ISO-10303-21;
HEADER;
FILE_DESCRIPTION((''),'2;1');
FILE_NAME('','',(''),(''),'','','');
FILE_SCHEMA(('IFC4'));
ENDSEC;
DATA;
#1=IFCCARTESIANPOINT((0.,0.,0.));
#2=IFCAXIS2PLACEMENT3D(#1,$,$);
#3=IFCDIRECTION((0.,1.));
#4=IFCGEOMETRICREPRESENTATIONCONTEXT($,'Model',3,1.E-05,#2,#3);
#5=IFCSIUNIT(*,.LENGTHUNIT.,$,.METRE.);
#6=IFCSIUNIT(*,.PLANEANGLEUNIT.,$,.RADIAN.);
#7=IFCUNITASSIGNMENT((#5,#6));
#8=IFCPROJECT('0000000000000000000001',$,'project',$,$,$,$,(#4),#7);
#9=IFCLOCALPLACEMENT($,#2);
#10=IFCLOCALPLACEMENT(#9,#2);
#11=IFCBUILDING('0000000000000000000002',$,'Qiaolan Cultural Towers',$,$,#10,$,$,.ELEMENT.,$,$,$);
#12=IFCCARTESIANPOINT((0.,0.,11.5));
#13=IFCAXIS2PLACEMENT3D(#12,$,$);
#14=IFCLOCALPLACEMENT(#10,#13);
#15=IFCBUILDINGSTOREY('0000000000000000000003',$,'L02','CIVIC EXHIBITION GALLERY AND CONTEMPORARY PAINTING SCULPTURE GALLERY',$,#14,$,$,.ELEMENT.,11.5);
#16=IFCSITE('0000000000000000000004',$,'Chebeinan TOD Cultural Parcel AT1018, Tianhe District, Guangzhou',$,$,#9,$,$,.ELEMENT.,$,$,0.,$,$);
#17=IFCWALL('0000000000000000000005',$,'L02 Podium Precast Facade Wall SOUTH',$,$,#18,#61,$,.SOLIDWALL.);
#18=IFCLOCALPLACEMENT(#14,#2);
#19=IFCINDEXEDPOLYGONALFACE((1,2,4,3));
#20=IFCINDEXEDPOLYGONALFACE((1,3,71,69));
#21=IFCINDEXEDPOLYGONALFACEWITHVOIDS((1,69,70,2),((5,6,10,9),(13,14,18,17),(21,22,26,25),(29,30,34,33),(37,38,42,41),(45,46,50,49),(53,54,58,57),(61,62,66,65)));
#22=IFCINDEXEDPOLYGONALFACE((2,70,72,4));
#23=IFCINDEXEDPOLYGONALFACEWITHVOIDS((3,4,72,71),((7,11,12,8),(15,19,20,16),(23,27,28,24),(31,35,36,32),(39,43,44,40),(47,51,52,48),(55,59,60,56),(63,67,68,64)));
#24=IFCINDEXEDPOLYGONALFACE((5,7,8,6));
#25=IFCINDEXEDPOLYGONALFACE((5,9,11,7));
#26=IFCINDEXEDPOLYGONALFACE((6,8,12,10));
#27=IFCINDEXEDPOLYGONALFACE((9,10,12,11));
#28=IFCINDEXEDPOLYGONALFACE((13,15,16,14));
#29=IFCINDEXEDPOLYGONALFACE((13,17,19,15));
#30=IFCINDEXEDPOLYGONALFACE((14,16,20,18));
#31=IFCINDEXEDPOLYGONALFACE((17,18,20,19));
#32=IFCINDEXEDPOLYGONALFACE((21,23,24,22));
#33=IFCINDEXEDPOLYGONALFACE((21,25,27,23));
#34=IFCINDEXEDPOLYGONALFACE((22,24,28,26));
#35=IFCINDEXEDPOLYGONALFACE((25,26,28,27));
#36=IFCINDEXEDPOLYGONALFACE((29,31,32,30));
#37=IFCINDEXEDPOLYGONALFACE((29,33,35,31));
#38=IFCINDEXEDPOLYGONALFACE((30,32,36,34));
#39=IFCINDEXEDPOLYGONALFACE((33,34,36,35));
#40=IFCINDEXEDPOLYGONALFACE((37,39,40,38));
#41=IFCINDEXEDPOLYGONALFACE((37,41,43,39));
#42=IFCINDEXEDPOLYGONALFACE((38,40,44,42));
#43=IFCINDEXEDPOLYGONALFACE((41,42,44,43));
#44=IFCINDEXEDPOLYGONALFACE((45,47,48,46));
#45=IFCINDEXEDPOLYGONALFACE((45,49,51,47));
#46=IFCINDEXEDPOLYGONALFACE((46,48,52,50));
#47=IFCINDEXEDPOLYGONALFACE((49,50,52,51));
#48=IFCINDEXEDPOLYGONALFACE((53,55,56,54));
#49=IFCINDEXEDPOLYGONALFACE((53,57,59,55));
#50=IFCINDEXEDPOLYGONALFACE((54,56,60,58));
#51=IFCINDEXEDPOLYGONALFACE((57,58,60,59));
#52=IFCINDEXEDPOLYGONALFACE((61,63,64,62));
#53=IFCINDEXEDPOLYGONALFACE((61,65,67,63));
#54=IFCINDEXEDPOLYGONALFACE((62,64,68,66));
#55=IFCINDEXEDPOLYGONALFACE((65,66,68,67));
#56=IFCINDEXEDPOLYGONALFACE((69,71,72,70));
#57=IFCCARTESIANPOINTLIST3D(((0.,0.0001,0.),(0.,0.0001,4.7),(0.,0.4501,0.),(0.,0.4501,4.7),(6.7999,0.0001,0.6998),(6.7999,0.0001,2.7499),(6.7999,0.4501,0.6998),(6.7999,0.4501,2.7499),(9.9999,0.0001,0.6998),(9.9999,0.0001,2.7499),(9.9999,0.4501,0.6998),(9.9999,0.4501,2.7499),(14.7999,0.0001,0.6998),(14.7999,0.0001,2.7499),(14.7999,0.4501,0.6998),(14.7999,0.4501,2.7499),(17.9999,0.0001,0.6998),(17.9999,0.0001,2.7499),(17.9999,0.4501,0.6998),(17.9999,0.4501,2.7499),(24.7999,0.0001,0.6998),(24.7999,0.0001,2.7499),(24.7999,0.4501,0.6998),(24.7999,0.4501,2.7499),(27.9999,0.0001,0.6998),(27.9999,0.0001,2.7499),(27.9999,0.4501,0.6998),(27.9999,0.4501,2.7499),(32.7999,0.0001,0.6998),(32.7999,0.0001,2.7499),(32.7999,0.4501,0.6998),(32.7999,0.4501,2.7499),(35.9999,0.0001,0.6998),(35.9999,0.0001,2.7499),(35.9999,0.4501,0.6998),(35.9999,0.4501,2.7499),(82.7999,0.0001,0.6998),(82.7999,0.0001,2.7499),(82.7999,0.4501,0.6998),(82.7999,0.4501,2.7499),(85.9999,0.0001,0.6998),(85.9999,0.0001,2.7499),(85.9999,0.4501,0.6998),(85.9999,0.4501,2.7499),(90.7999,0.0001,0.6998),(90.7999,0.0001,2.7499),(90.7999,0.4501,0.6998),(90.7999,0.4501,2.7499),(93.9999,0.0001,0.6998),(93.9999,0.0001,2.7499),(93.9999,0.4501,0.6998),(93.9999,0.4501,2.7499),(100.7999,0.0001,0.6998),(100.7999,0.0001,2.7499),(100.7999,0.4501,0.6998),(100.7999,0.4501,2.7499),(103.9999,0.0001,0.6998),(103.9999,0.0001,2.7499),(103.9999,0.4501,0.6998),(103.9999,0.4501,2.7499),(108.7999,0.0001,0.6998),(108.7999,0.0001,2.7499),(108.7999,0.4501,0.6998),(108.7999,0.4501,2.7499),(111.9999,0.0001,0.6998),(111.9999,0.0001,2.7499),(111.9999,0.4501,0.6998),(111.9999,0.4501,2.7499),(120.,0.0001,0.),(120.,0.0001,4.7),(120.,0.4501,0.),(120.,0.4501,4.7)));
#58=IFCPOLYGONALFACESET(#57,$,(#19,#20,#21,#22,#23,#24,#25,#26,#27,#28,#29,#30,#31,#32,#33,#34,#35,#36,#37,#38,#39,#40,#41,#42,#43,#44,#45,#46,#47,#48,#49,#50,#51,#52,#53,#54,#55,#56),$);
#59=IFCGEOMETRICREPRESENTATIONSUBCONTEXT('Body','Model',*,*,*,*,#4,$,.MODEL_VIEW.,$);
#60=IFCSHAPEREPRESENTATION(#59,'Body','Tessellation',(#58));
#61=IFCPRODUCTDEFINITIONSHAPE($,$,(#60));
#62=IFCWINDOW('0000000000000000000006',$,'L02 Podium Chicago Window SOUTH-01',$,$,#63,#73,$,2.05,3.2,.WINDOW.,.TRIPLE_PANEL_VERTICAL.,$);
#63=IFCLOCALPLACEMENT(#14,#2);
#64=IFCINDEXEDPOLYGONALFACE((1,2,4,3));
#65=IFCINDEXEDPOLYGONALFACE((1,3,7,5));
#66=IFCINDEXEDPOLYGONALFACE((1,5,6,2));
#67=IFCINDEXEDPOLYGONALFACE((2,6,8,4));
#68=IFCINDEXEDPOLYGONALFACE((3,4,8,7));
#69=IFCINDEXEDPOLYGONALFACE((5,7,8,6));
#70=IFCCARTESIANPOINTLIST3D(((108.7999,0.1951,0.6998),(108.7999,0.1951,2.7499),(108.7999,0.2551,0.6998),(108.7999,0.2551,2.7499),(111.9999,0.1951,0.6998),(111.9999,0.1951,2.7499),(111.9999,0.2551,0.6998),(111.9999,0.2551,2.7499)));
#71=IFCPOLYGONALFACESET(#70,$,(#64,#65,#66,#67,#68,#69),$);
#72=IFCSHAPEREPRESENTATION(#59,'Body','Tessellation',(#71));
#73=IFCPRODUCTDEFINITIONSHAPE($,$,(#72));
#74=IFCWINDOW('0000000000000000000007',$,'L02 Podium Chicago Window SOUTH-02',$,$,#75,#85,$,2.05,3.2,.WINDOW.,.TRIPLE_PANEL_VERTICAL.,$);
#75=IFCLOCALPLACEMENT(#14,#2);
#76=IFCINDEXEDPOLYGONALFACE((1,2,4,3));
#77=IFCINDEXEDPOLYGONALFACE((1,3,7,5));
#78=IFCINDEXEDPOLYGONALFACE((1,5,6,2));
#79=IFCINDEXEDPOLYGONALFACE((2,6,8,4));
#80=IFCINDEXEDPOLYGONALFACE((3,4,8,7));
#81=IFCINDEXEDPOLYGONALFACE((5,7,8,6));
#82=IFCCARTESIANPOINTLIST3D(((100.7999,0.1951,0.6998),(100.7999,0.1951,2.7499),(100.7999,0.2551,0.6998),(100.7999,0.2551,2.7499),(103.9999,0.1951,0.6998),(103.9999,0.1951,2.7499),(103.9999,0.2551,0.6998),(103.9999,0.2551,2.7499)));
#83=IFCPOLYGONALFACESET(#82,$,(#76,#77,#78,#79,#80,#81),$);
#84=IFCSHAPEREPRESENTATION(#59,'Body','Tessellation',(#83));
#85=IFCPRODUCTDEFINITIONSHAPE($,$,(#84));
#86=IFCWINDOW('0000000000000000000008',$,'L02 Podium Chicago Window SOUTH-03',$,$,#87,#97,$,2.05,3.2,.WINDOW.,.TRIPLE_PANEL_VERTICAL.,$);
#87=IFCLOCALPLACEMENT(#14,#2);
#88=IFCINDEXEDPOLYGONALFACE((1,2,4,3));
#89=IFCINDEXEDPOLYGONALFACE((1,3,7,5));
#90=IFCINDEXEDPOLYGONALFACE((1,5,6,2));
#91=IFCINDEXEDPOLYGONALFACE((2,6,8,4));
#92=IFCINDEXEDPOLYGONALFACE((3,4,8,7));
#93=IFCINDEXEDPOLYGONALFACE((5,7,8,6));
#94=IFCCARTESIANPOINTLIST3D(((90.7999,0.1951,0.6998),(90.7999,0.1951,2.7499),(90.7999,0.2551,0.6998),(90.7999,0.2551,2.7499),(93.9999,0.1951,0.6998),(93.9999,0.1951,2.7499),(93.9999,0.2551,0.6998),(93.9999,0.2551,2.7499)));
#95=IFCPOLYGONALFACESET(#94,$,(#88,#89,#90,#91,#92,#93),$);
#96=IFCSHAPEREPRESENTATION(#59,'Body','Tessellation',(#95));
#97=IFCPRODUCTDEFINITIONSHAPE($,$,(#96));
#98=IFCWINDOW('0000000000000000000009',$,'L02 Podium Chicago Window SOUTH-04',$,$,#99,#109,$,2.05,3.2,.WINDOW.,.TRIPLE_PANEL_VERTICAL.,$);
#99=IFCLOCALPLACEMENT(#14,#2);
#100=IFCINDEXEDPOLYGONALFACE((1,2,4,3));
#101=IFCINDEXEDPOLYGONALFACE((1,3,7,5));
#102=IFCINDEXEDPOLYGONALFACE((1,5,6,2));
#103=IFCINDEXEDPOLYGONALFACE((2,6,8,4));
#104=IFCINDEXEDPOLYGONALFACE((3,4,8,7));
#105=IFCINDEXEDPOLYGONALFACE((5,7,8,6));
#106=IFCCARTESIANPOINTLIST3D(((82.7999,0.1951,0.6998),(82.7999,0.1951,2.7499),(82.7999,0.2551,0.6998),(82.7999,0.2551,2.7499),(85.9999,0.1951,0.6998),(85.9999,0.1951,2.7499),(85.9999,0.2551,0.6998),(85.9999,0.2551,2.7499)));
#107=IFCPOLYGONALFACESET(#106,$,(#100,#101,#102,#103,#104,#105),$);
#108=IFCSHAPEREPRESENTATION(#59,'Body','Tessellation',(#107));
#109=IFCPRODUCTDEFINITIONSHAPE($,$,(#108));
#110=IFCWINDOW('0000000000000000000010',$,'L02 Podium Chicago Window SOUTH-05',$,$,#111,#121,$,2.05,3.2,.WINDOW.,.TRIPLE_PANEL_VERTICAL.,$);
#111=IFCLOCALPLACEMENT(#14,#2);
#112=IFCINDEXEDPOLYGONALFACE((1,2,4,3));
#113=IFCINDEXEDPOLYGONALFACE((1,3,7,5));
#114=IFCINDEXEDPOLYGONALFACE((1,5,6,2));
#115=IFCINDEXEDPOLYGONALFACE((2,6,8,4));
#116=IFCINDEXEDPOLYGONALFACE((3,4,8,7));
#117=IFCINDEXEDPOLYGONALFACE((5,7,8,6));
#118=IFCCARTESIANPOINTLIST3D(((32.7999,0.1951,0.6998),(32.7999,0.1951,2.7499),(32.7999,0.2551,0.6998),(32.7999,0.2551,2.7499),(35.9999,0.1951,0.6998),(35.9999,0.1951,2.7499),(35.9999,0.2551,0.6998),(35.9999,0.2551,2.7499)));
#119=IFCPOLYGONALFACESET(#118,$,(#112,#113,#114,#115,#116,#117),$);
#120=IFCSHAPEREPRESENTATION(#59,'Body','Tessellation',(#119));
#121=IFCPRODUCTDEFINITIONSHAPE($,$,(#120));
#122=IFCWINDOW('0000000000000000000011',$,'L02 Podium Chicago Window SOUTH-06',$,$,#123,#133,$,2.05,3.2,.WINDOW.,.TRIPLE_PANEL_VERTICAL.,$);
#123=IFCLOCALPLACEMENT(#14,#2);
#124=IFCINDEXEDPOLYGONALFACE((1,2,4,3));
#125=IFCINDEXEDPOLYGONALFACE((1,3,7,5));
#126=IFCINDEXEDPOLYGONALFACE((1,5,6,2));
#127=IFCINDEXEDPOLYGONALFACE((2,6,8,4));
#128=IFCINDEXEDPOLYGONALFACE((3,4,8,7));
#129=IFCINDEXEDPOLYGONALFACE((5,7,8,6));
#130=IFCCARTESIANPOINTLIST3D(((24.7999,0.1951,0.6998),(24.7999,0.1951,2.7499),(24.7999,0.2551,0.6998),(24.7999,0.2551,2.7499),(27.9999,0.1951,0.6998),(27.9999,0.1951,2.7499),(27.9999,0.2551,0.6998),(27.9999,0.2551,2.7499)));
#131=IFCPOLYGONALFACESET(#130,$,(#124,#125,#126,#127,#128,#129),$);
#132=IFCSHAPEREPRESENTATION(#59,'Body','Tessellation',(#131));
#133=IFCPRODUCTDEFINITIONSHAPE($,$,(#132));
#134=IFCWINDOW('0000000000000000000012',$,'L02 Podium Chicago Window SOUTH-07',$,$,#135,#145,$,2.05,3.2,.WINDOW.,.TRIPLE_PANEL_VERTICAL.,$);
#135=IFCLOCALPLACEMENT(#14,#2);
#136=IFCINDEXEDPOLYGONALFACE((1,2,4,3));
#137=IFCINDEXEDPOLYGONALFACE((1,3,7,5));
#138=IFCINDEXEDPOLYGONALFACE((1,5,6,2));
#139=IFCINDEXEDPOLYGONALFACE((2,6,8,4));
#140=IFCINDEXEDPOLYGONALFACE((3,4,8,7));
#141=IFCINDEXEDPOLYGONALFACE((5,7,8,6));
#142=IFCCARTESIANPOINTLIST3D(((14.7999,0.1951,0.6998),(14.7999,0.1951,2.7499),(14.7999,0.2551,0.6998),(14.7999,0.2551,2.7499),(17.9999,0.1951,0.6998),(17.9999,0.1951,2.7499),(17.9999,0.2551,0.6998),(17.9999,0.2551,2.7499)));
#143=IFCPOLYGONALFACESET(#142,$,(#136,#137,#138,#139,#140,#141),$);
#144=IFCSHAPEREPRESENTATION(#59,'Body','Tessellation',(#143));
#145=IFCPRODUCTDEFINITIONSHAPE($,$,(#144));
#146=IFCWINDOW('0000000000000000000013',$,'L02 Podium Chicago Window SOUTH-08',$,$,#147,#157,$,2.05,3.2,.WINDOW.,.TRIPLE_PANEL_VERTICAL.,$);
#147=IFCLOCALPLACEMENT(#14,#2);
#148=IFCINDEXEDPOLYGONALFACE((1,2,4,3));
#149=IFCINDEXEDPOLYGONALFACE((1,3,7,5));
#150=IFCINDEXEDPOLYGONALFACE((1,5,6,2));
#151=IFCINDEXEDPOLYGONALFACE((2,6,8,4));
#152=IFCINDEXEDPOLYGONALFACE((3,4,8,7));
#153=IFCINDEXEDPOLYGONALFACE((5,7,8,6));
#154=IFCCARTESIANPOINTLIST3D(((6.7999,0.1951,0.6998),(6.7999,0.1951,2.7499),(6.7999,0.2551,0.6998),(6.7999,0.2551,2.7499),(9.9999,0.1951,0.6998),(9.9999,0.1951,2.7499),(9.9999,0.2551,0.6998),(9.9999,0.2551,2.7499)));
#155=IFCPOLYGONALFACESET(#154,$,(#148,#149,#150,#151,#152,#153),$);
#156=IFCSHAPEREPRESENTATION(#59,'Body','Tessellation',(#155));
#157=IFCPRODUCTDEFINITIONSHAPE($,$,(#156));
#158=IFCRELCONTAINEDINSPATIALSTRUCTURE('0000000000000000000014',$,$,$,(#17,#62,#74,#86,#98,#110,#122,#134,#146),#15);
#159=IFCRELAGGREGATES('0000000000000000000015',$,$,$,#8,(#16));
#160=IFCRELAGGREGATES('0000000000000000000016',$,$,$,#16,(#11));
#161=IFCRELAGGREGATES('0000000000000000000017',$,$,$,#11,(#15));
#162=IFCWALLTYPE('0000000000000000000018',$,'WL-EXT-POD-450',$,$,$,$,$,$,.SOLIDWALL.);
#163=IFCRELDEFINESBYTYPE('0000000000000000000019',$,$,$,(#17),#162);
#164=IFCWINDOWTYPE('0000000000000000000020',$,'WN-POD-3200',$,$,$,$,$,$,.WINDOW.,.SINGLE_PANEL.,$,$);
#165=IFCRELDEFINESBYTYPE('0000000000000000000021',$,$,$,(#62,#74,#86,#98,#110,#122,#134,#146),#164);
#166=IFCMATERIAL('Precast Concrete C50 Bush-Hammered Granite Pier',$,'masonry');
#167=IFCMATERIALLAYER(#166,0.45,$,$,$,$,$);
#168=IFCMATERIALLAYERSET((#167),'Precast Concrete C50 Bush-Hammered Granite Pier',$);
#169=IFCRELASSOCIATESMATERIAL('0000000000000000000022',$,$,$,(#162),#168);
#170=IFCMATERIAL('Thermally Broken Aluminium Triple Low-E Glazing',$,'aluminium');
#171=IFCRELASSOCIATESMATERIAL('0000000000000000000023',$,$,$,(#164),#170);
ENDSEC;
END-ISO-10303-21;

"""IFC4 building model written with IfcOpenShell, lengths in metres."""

from ifc_helpers import new_model, si_unit, direction, frame, frame_2d, origin, place, context, subcontext, project, spatial, rectangle, extrude, material, layer, layer_set, type_object, element, fill, save


model = new_model("IFC4")

# Units and contexts
model_context = context("Model", 3, precision=1e-05, world=origin(), true_north=direction((0.0, 1.0)))
body_context = subcontext(model_context, "Body", "Model", "MODEL_VIEW")
ifc_project = project(units=[si_unit("LENGTHUNIT", "METRE"), si_unit("PLANEANGLEUNIT", "RADIAN")], contexts=[model_context])

# Site, building, storey
site_placement = place(None, origin())
site = spatial("IfcSite", under=ifc_project, at=site_placement, Name="Chebeinan TOD Cultural Parcel AT1018, Tianhe District, Guangzhou", CompositionType="ELEMENT", RefElevation=0.0)
building_placement = place(site_placement, origin())
building = spatial("IfcBuilding", under=site, at=building_placement, Name="Qiaolan Cultural Towers", CompositionType="ELEMENT")
storey_placement = place(building_placement, frame((0.0, 0.0, 11.5)))
storey = spatial("IfcBuildingStorey", under=building, at=storey_placement, Name="L02", Description="CIVIC EXHIBITION GALLERY AND CONTEMPORARY PAINTING SCULPTURE GALLERY", CompositionType="ELEMENT", Elevation=11.5)

# Wall, openings, windows
ifc_material_1 = material(Name="Precast Concrete C50 Bush-Hammered Granite Pier", Category="masonry")
ifc_layer_1 = layer(ifc_material_1, 0.45)
ifc_layer_set_1 = layer_set([ifc_layer_1], Name="Precast Concrete C50 Bush-Hammered Granite Pier")
wall_type_1 = type_object("IfcWallType", Name="WL-EXT-POD-450", PredefinedType="SOLIDWALL", material=ifc_layer_set_1)
wall_1_placement = place(storey_placement, frame((120.0, 0.2251, 0.0), z_axis=(0.0, 0.0, 1.0), x_axis=(-1.0, 0.0, 0.0)))
wall_1 = element("IfcWall", 1, at=wall_1_placement, inside=storey, type_object=wall_type_1, Name="L02 Podium Precast Facade Wall SOUTH", PredefinedType="SOLIDWALL", context=body_context, shape_type="SweptSolid", body=[
    extrude(rectangle(XDim=120.0, YDim=0.45, at=frame_2d((60.0, 0.0))), origin(), (0.0, 0.0, 1.0), 4.7),
])
opening_1_placement = place(wall_1_placement, frame((8.0, 0.0, 0.7)))
opening_1 = element("IfcOpeningElement", 2, at=opening_1_placement, cuts=wall_1, PredefinedType="OPENING", context=body_context, shape_type="SweptSolid", body=[
    extrude(rectangle(XDim=3.2, YDim=2.05, at=frame_2d((1.6001, 1.0249))), frame((0.0, 0.2349, 0.0), z_axis=(0.0, -1.0, 0.0), x_axis=(1.0, 0.0, 0.0)), (0.0, 0.0, 1.0), 0.47),
])
opening_2_placement = place(wall_1_placement, frame((16.0, 0.0, 0.7)))
opening_2 = element("IfcOpeningElement", 3, at=opening_2_placement, cuts=wall_1, PredefinedType="OPENING", context=body_context, shape_type="SweptSolid", body=[
    extrude(rectangle(XDim=3.2, YDim=2.05, at=frame_2d((1.6001, 1.0249))), frame((0.0, 0.2349, 0.0), z_axis=(0.0, -1.0, 0.0), x_axis=(1.0, 0.0, 0.0)), (0.0, 0.0, 1.0), 0.47),
])
opening_3_placement = place(wall_1_placement, frame((26.0, 0.0, 0.7)))
opening_3 = element("IfcOpeningElement", 4, at=opening_3_placement, cuts=wall_1, PredefinedType="OPENING", context=body_context, shape_type="SweptSolid", body=[
    extrude(rectangle(XDim=3.2, YDim=2.05, at=frame_2d((1.6001, 1.0249))), frame((0.0, 0.2349, 0.0), z_axis=(0.0, -1.0, 0.0), x_axis=(1.0, 0.0, 0.0)), (0.0, 0.0, 1.0), 0.47),
])
opening_4_placement = place(wall_1_placement, frame((34.0, 0.0, 0.7)))
opening_4 = element("IfcOpeningElement", 5, at=opening_4_placement, cuts=wall_1, PredefinedType="OPENING", context=body_context, shape_type="SweptSolid", body=[
    extrude(rectangle(XDim=3.2, YDim=2.05, at=frame_2d((1.6001, 1.0249))), frame((0.0, 0.2349, 0.0), z_axis=(0.0, -1.0, 0.0), x_axis=(1.0, 0.0, 0.0)), (0.0, 0.0, 1.0), 0.47),
])
opening_5_placement = place(wall_1_placement, frame((84.0, 0.0, 0.7)))
opening_5 = element("IfcOpeningElement", 6, at=opening_5_placement, cuts=wall_1, PredefinedType="OPENING", context=body_context, shape_type="SweptSolid", body=[
    extrude(rectangle(XDim=3.2, YDim=2.05, at=frame_2d((1.6001, 1.0249))), frame((0.0, 0.2349, 0.0), z_axis=(0.0, -1.0, 0.0), x_axis=(1.0, 0.0, 0.0)), (0.0, 0.0, 1.0), 0.47),
])
opening_6_placement = place(wall_1_placement, frame((92.0, 0.0, 0.7)))
opening_6 = element("IfcOpeningElement", 7, at=opening_6_placement, cuts=wall_1, PredefinedType="OPENING", context=body_context, shape_type="SweptSolid", body=[
    extrude(rectangle(XDim=3.2, YDim=2.05, at=frame_2d((1.6001, 1.0249))), frame((0.0, 0.2349, 0.0), z_axis=(0.0, -1.0, 0.0), x_axis=(1.0, 0.0, 0.0)), (0.0, 0.0, 1.0), 0.47),
])
opening_7_placement = place(wall_1_placement, frame((102.0, 0.0, 0.7)))
opening_7 = element("IfcOpeningElement", 8, at=opening_7_placement, cuts=wall_1, PredefinedType="OPENING", context=body_context, shape_type="SweptSolid", body=[
    extrude(rectangle(XDim=3.2, YDim=2.05, at=frame_2d((1.6001, 1.0249))), frame((0.0, 0.2349, 0.0), z_axis=(0.0, -1.0, 0.0), x_axis=(1.0, 0.0, 0.0)), (0.0, 0.0, 1.0), 0.47),
])
opening_8_placement = place(wall_1_placement, frame((110.0, 0.0, 0.7)))
opening_8 = element("IfcOpeningElement", 9, at=opening_8_placement, cuts=wall_1, PredefinedType="OPENING", context=body_context, shape_type="SweptSolid", body=[
    extrude(rectangle(XDim=3.2, YDim=2.05, at=frame_2d((1.6001, 1.0249))), frame((0.0, 0.2349, 0.0), z_axis=(0.0, -1.0, 0.0), x_axis=(1.0, 0.0, 0.0)), (0.0, 0.0, 1.0), 0.47),
])
ifc_material_2 = material(Name="Thermally Broken Aluminium Triple Low-E Glazing", Category="aluminium")
window_type = type_object("IfcWindowType", Name="WN-POD-3200", PartitioningType="SINGLE_PANEL", PredefinedType="WINDOW", material=ifc_material_2)
window_1_placement = place(opening_1_placement, origin())
window_1 = element("IfcWindow", 10, at=window_1_placement, inside=storey, type_object=window_type, Name="L02 Podium Chicago Window SOUTH-01", OverallHeight=2.05, OverallWidth=3.2, PartitioningType="TRIPLE_PANEL_VERTICAL", PredefinedType="WINDOW", context=body_context, shape_type="SweptSolid", body=[
    extrude(rectangle(XDim=3.2, YDim=2.05, at=frame_2d((1.6001, 1.0249))), frame((0.0, 0.03, 0.0), z_axis=(0.0, -1.0, 0.0), x_axis=(1.0, 0.0, 0.0)), (0.0, 0.0, 1.0), 0.0601),
])
fill(opening_1, window_1)
window_2_placement = place(opening_2_placement, origin())
window_2 = element("IfcWindow", 11, at=window_2_placement, inside=storey, type_object=window_type, Name="L02 Podium Chicago Window SOUTH-02", OverallHeight=2.05, OverallWidth=3.2, PartitioningType="TRIPLE_PANEL_VERTICAL", PredefinedType="WINDOW", context=body_context, shape_type="SweptSolid", body=[
    extrude(rectangle(XDim=3.2, YDim=2.05, at=frame_2d((1.6001, 1.0249))), frame((0.0, 0.03, 0.0), z_axis=(0.0, -1.0, 0.0), x_axis=(1.0, 0.0, 0.0)), (0.0, 0.0, 1.0), 0.0601),
])
fill(opening_2, window_2)
window_3_placement = place(opening_3_placement, origin())
window_3 = element("IfcWindow", 12, at=window_3_placement, inside=storey, type_object=window_type, Name="L02 Podium Chicago Window SOUTH-03", OverallHeight=2.05, OverallWidth=3.2, PartitioningType="TRIPLE_PANEL_VERTICAL", PredefinedType="WINDOW", context=body_context, shape_type="SweptSolid", body=[
    extrude(rectangle(XDim=3.2, YDim=2.05, at=frame_2d((1.6001, 1.0249))), frame((0.0, 0.03, 0.0), z_axis=(0.0, -1.0, 0.0), x_axis=(1.0, 0.0, 0.0)), (0.0, 0.0, 1.0), 0.0601),
])
fill(opening_3, window_3)
window_4_placement = place(opening_4_placement, origin())
window_4 = element("IfcWindow", 13, at=window_4_placement, inside=storey, type_object=window_type, Name="L02 Podium Chicago Window SOUTH-04", OverallHeight=2.05, OverallWidth=3.2, PartitioningType="TRIPLE_PANEL_VERTICAL", PredefinedType="WINDOW", context=body_context, shape_type="SweptSolid", body=[
    extrude(rectangle(XDim=3.2, YDim=2.05, at=frame_2d((1.6001, 1.0249))), frame((0.0, 0.03, 0.0), z_axis=(0.0, -1.0, 0.0), x_axis=(1.0, 0.0, 0.0)), (0.0, 0.0, 1.0), 0.0601),
])
fill(opening_4, window_4)
window_5_placement = place(opening_5_placement, origin())
window_5 = element("IfcWindow", 14, at=window_5_placement, inside=storey, type_object=window_type, Name="L02 Podium Chicago Window SOUTH-05", OverallHeight=2.05, OverallWidth=3.2, PartitioningType="TRIPLE_PANEL_VERTICAL", PredefinedType="WINDOW", context=body_context, shape_type="SweptSolid", body=[
    extrude(rectangle(XDim=3.2, YDim=2.05, at=frame_2d((1.6001, 1.0249))), frame((0.0, 0.03, 0.0), z_axis=(0.0, -1.0, 0.0), x_axis=(1.0, 0.0, 0.0)), (0.0, 0.0, 1.0), 0.0601),
])
fill(opening_5, window_5)
window_6_placement = place(opening_6_placement, origin())
window_6 = element("IfcWindow", 15, at=window_6_placement, inside=storey, type_object=window_type, Name="L02 Podium Chicago Window SOUTH-06", OverallHeight=2.05, OverallWidth=3.2, PartitioningType="TRIPLE_PANEL_VERTICAL", PredefinedType="WINDOW", context=body_context, shape_type="SweptSolid", body=[
    extrude(rectangle(XDim=3.2, YDim=2.05, at=frame_2d((1.6001, 1.0249))), frame((0.0, 0.03, 0.0), z_axis=(0.0, -1.0, 0.0), x_axis=(1.0, 0.0, 0.0)), (0.0, 0.0, 1.0), 0.0601),
])
fill(opening_6, window_6)
window_7_placement = place(opening_7_placement, origin())
window_7 = element("IfcWindow", 16, at=window_7_placement, inside=storey, type_object=window_type, Name="L02 Podium Chicago Window SOUTH-07", OverallHeight=2.05, OverallWidth=3.2, PartitioningType="TRIPLE_PANEL_VERTICAL", PredefinedType="WINDOW", context=body_context, shape_type="SweptSolid", body=[
    extrude(rectangle(XDim=3.2, YDim=2.05, at=frame_2d((1.6001, 1.0249))), frame((0.0, 0.03, 0.0), z_axis=(0.0, -1.0, 0.0), x_axis=(1.0, 0.0, 0.0)), (0.0, 0.0, 1.0), 0.0601),
])
fill(opening_7, window_7)
window_8_placement = place(opening_8_placement, origin())
window_8 = element("IfcWindow", 17, at=window_8_placement, inside=storey, type_object=window_type, Name="L02 Podium Chicago Window SOUTH-08", OverallHeight=2.05, OverallWidth=3.2, PartitioningType="TRIPLE_PANEL_VERTICAL", PredefinedType="WINDOW", context=body_context, shape_type="SweptSolid", body=[
    extrude(rectangle(XDim=3.2, YDim=2.05, at=frame_2d((1.6001, 1.0249))), frame((0.0, 0.03, 0.0), z_axis=(0.0, -1.0, 0.0), x_axis=(1.0, 0.0, 0.0)), (0.0, 0.0, 1.0), 0.0601),
])
fill(opening_8, window_8)

save(model, "model.ifc")
